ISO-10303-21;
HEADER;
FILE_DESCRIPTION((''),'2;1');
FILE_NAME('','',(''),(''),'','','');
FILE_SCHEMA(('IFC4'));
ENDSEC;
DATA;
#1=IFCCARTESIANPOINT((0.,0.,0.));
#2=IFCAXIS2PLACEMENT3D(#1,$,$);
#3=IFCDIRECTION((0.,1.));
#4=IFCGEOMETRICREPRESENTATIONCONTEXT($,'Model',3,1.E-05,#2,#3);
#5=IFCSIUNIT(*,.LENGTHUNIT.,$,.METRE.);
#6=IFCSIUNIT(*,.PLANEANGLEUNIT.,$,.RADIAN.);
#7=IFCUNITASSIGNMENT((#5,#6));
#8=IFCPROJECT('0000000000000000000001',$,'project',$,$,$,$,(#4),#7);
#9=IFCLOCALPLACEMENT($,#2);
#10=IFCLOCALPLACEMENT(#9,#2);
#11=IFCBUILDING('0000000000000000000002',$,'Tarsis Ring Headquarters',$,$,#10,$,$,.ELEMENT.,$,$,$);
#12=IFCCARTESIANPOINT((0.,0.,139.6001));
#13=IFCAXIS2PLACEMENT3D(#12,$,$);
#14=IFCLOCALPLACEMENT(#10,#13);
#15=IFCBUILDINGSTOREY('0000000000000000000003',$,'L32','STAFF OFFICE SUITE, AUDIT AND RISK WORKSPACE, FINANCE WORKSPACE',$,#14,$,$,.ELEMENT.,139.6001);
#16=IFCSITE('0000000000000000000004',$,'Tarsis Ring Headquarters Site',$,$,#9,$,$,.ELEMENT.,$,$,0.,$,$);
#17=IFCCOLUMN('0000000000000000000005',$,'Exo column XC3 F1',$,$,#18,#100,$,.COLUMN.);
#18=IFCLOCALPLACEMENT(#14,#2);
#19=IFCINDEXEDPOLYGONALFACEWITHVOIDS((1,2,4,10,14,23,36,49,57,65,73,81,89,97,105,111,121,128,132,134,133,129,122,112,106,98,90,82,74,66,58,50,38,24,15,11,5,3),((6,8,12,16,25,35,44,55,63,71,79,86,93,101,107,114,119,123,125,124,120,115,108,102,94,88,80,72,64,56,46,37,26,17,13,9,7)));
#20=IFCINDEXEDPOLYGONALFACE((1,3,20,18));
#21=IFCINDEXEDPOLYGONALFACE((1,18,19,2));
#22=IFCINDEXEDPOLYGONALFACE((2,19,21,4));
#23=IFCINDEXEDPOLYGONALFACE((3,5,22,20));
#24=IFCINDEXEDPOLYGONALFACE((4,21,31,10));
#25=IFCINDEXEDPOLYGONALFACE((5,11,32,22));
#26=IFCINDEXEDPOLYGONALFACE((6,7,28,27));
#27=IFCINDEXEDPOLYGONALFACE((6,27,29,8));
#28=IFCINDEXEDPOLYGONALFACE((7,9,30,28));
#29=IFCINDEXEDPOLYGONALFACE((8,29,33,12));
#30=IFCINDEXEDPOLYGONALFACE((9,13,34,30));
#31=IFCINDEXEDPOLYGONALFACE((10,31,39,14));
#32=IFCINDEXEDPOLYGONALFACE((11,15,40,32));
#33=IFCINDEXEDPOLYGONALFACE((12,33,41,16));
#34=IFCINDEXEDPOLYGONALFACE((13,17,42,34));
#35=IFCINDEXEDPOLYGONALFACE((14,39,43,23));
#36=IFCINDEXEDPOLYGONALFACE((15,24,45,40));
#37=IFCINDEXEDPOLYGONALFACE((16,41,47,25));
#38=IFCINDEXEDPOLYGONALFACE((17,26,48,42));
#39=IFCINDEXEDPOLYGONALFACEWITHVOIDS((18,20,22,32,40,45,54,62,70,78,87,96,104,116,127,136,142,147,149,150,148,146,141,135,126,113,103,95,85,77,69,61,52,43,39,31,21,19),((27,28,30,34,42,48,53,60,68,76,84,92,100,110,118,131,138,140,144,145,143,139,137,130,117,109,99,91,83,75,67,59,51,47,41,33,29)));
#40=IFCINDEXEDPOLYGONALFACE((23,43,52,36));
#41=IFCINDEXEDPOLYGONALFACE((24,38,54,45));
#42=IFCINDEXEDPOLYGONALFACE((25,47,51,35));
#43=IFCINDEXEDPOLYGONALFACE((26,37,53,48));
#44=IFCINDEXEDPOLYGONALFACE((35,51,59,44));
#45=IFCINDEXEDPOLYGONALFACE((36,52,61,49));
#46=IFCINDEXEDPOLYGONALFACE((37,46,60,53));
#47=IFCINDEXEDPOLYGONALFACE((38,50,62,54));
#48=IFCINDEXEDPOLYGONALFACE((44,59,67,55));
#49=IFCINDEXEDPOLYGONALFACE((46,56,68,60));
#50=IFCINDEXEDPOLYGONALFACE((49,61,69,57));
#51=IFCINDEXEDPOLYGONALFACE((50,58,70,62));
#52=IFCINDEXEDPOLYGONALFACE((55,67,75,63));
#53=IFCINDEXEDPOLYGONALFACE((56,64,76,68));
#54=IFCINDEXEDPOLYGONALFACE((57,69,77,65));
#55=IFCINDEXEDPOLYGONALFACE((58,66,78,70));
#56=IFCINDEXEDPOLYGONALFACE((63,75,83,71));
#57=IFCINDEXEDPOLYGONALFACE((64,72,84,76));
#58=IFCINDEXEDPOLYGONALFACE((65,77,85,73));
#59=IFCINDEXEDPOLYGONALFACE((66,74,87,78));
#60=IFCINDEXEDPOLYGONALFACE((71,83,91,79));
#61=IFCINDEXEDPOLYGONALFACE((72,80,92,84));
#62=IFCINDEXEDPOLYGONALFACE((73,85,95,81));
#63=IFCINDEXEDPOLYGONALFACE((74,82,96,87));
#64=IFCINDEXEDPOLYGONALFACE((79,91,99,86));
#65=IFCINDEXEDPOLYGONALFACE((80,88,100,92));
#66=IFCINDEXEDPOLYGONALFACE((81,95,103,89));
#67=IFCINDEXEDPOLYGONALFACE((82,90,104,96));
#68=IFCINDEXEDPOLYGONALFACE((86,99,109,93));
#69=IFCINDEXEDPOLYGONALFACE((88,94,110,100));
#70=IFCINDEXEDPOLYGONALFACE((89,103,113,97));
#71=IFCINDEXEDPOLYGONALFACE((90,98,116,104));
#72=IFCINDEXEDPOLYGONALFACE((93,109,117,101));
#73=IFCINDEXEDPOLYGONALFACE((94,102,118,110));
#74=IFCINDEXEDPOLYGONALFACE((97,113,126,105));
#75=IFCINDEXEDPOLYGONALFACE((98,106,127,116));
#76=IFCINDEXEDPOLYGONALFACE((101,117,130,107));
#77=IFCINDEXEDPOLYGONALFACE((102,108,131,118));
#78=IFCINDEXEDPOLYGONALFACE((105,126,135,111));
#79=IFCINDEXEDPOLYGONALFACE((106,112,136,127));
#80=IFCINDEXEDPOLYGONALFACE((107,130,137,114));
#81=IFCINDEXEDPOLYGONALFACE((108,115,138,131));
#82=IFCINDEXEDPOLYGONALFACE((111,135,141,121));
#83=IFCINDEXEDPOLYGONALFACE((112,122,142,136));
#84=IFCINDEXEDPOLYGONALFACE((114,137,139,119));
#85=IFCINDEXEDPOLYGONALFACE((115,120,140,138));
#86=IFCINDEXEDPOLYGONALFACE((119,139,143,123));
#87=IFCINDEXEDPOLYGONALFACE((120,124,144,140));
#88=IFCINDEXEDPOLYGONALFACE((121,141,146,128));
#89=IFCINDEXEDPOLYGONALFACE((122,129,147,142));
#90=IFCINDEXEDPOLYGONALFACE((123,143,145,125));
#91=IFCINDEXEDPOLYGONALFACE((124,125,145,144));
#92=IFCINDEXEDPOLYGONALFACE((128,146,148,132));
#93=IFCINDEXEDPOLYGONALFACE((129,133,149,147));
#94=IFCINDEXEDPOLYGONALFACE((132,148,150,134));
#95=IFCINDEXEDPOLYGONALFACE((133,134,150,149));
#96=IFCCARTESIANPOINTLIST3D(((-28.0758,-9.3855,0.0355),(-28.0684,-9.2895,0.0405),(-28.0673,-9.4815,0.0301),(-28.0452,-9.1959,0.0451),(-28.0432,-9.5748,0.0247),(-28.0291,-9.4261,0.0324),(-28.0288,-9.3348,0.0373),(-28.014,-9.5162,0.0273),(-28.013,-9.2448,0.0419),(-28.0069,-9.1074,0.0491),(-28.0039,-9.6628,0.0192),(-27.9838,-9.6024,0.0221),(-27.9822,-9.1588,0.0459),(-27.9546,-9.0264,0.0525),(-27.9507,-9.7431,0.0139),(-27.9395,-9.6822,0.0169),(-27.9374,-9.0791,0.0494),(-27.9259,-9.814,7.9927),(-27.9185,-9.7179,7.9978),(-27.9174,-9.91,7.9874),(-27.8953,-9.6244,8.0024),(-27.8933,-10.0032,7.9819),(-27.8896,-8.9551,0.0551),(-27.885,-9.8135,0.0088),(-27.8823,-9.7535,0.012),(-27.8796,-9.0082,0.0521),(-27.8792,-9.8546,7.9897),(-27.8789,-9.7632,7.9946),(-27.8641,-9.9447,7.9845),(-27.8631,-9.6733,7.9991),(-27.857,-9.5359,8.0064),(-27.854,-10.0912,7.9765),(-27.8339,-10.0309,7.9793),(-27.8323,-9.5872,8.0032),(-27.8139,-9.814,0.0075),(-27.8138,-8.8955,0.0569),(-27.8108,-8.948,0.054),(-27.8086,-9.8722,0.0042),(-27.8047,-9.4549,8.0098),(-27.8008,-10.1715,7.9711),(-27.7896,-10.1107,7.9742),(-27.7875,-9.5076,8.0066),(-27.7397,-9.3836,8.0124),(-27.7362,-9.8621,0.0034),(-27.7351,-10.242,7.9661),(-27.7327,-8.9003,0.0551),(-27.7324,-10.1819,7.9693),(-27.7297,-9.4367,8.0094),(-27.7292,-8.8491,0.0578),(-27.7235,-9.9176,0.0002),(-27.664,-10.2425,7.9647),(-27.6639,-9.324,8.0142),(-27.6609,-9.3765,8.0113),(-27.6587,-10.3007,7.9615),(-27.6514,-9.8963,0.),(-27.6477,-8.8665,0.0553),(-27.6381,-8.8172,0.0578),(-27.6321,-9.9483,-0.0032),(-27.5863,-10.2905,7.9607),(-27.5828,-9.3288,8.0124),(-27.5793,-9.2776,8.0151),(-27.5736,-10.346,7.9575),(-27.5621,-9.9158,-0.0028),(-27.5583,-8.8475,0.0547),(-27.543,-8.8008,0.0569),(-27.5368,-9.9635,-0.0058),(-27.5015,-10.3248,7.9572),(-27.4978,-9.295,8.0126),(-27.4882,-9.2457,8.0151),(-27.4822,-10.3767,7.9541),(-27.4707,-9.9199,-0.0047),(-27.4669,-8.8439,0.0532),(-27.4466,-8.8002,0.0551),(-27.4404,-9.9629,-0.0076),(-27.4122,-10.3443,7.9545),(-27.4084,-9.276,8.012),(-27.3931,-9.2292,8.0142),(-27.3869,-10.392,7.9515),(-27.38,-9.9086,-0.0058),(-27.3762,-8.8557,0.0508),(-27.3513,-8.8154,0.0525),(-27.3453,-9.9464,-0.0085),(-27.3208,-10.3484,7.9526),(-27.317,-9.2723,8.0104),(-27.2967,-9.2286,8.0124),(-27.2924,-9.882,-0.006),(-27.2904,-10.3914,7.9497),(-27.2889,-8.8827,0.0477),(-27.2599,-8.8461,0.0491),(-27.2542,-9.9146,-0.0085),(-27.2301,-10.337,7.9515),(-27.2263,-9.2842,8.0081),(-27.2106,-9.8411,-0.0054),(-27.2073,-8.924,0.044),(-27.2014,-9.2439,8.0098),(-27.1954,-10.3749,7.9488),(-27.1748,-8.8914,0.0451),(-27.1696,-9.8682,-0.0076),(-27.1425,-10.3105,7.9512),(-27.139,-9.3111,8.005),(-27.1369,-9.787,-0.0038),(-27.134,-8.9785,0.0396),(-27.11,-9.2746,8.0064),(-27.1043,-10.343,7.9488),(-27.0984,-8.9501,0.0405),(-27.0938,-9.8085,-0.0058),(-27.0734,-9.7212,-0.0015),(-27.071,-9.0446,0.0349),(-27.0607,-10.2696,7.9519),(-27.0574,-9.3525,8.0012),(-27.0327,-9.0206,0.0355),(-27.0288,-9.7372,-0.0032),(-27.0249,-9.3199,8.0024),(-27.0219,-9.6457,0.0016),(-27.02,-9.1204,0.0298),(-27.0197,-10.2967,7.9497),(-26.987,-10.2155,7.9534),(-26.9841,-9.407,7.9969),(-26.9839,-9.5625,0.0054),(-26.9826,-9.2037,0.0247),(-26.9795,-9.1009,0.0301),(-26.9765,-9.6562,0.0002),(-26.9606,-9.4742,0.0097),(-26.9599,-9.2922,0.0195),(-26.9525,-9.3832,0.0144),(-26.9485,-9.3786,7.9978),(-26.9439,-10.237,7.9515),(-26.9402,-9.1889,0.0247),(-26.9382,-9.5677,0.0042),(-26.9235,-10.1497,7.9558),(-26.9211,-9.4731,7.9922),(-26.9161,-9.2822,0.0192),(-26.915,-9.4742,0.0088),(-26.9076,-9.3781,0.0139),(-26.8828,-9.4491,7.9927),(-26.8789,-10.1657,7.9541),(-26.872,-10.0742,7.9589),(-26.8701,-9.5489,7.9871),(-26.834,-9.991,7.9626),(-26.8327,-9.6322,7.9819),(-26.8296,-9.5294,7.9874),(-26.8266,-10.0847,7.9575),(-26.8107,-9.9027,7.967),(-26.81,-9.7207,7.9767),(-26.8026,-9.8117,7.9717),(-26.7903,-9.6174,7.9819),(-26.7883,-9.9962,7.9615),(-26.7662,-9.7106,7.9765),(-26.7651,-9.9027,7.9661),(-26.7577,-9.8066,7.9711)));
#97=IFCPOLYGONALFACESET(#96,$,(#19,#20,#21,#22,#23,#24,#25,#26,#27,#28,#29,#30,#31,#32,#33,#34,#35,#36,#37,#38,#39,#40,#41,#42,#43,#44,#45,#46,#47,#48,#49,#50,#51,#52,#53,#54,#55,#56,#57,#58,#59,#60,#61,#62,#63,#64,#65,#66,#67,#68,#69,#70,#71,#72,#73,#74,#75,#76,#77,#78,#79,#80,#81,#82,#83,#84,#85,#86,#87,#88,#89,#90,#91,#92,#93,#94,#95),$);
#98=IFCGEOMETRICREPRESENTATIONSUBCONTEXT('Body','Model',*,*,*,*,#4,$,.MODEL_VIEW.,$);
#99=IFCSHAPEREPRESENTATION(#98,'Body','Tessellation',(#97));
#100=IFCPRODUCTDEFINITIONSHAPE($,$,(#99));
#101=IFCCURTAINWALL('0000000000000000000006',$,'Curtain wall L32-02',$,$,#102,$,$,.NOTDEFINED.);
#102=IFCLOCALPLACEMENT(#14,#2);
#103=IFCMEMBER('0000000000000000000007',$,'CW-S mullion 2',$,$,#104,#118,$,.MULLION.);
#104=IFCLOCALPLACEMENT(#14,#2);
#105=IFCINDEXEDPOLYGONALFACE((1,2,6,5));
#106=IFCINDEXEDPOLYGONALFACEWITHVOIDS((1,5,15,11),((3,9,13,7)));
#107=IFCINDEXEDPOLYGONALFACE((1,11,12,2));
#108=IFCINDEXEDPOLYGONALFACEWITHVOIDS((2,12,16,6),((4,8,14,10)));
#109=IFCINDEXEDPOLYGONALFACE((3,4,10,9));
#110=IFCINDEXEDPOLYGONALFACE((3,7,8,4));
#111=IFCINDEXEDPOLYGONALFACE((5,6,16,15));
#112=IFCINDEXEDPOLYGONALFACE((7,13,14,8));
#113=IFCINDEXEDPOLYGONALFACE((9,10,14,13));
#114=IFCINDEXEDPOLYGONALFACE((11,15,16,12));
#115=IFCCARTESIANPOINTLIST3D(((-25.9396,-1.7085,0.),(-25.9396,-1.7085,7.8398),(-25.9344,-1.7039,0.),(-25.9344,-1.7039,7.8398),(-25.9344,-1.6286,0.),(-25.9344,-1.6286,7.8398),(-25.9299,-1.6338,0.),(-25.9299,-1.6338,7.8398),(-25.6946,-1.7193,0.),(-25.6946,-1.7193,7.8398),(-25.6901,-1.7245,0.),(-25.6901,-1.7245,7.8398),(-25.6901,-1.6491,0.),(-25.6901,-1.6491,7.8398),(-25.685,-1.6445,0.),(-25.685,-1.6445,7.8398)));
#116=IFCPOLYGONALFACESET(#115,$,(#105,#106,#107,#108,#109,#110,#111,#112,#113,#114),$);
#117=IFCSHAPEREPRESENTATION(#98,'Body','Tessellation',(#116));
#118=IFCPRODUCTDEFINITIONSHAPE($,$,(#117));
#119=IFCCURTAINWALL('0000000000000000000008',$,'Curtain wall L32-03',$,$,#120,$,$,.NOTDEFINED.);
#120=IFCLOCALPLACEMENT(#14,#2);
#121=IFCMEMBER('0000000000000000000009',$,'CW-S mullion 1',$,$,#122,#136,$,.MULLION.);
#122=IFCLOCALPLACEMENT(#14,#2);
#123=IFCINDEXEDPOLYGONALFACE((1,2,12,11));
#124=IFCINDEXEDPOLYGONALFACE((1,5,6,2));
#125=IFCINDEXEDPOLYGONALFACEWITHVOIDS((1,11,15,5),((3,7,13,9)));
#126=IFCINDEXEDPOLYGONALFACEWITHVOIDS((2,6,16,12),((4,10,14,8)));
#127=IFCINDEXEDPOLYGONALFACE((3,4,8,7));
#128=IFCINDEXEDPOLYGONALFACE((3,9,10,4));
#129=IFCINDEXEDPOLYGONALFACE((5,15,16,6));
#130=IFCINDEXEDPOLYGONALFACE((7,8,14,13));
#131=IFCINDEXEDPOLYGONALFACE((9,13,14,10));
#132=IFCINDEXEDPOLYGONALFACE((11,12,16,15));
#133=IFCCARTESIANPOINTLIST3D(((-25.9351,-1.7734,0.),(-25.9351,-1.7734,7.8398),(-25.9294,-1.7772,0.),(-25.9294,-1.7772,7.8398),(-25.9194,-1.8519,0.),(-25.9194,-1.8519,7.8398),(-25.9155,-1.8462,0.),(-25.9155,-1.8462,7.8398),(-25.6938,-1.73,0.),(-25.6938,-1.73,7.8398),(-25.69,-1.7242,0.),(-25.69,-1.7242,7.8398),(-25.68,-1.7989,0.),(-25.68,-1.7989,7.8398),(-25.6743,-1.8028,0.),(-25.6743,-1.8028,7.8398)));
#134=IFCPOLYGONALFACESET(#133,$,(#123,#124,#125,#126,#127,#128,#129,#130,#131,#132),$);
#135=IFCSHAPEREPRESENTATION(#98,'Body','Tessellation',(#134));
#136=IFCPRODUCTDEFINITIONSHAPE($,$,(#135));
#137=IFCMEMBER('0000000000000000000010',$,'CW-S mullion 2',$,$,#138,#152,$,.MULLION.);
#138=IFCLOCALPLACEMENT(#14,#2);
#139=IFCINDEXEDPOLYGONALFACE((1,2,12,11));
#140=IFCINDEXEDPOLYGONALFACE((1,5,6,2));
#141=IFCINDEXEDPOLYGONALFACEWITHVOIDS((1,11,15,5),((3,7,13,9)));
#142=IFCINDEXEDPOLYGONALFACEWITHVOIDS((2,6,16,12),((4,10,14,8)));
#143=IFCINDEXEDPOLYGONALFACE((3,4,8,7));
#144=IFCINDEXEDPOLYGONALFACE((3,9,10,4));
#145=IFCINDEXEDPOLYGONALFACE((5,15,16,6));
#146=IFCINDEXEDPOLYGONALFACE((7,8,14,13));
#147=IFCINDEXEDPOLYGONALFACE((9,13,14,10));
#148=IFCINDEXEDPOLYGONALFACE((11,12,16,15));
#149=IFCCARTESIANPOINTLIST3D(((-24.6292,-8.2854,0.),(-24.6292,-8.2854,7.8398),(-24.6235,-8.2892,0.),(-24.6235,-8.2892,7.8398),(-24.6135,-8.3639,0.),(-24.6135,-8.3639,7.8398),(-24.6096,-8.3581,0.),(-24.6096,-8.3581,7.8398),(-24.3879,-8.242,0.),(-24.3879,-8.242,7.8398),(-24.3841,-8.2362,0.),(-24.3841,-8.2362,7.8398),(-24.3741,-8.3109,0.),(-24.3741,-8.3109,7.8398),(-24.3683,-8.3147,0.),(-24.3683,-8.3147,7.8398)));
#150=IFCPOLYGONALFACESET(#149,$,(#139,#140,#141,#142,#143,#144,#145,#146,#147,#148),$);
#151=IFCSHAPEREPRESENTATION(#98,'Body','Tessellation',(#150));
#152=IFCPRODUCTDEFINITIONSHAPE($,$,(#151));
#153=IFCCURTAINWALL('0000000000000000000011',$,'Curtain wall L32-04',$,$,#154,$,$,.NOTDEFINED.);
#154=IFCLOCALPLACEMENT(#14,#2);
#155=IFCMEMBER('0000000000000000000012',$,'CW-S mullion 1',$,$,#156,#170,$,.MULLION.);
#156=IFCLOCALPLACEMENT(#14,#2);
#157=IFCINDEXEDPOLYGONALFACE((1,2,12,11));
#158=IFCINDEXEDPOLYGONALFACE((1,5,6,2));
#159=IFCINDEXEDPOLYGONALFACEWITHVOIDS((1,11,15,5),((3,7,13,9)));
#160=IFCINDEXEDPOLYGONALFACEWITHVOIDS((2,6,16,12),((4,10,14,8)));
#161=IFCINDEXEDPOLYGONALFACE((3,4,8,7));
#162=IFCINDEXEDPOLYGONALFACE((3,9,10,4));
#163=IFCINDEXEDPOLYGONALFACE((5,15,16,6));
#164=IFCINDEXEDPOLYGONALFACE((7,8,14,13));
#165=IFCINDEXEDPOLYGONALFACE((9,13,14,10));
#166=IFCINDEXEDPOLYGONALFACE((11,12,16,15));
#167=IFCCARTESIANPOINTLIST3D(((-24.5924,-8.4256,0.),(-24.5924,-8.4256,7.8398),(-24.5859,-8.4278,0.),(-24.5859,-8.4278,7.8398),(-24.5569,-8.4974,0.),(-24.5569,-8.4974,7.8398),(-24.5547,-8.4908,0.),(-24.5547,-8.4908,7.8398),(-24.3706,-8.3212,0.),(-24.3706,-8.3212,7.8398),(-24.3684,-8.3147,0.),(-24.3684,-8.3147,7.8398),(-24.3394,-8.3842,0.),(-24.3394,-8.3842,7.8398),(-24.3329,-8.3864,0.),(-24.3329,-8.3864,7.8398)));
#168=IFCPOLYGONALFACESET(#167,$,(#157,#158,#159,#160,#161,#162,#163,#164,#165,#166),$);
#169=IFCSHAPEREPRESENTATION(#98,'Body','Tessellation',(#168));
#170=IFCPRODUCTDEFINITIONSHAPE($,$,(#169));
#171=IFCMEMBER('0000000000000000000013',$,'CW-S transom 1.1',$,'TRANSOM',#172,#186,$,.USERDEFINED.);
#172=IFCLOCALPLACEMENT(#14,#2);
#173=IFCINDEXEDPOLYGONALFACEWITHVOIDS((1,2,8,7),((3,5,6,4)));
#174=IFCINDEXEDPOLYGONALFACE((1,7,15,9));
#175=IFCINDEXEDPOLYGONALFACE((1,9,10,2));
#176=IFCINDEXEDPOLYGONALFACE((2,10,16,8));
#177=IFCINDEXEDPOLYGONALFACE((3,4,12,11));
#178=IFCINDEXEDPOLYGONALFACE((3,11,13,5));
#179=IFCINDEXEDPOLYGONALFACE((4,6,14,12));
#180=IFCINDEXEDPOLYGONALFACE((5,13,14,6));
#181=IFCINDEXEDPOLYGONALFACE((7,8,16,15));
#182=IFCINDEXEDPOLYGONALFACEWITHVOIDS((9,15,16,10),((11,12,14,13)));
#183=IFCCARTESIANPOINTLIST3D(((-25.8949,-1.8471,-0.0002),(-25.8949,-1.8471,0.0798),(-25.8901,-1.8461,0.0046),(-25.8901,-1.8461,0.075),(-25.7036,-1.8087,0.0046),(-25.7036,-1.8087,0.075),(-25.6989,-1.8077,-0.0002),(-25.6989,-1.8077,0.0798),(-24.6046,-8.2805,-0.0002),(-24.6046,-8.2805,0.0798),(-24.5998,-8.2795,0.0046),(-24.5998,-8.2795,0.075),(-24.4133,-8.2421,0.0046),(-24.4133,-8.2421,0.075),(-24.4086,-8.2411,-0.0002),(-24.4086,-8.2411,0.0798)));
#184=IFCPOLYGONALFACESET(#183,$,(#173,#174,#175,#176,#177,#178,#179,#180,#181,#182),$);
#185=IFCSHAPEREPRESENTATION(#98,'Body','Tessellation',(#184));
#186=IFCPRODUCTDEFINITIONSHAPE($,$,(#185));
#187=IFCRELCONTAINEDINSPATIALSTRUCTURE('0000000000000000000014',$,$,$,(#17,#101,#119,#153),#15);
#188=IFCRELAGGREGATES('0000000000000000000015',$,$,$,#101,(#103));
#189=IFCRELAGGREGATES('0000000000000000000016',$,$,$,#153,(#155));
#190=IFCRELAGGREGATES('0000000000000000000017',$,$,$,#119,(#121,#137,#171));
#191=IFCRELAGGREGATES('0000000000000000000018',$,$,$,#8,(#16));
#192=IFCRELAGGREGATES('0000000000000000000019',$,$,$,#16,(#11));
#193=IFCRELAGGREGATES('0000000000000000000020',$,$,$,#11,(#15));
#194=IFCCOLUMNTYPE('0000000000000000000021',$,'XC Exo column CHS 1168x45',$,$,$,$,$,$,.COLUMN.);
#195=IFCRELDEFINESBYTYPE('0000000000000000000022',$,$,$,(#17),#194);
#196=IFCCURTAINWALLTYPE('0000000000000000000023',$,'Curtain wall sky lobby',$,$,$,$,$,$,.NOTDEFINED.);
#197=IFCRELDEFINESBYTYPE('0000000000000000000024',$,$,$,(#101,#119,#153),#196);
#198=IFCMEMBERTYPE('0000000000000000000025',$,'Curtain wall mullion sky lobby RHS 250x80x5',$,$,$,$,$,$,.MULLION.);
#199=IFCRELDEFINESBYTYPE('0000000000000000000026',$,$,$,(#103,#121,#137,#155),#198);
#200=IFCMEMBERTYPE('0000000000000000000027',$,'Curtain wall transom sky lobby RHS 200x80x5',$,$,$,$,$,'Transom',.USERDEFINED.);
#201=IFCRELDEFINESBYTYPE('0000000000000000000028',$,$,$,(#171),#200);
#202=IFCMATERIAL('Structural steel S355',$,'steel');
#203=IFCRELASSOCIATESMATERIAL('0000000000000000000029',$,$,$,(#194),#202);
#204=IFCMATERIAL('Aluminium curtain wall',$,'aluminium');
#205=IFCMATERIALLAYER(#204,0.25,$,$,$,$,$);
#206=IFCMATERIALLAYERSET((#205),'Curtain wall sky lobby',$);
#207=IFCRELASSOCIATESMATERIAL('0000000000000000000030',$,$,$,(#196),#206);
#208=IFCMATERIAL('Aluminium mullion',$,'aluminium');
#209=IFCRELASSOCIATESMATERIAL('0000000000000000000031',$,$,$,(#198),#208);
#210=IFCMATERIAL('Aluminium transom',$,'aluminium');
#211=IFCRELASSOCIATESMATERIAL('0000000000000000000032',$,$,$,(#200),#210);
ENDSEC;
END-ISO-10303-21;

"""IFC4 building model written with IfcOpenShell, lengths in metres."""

from ifc_helpers import new_model, si_unit, direction, frame, origin, origin_2d, place, context, subcontext, project, spatial, hollow_rectangle, hollow_circle, extrude, material, layer, layer_set, material_profile, profile_set, type_object, element, aggregate, save


model = new_model("IFC4")

# Units and contexts
model_context = context("Model", 3, precision=1e-05, world=origin(), true_north=direction((0.0, 1.0)))
body_context = subcontext(model_context, "Body", "Model", "MODEL_VIEW")
ifc_project = project(units=[si_unit("LENGTHUNIT", "METRE"), si_unit("PLANEANGLEUNIT", "RADIAN")], contexts=[model_context])

# Site, building, storey
site_placement = place(None, origin())
site = spatial("IfcSite", under=ifc_project, at=site_placement, Name="Tarsis Ring Headquarters Site", CompositionType="ELEMENT", RefElevation=0.0)
building_placement = place(site_placement, origin())
building = spatial("IfcBuilding", under=site, at=building_placement, Name="Tarsis Ring Headquarters", CompositionType="ELEMENT")
storey_placement = place(building_placement, frame((0.0, 0.0, 139.6001)))
storey = spatial("IfcBuildingStorey", under=building, at=storey_placement, Name="L32", Description="STAFF OFFICE SUITE, AUDIT AND RISK WORKSPACE, FINANCE WORKSPACE", CompositionType="ELEMENT", Elevation=139.6001)

# Column
ifc_material_1 = material(Name="Structural steel S355", Category="steel")
ifc_material_profile_1 = material_profile(ifc_material_1, hollow_circle(Radius=0.5842, WallThickness=0.0449, at=origin_2d()), Name="CHS 1168x45")
ifc_profile_set_1 = profile_set([ifc_material_profile_1], Name="Structural steel S355")
column_type = type_object("IfcColumnType", Name="XC Exo column CHS 1168x45", PredefinedType="COLUMN", material=ifc_profile_set_1)
column_placement = place(storey_placement, frame((-27.4917, -9.3818, 0.0247), z_axis=(0.018808, -0.053759, 0.998377), x_axis=(0.9439, 0.330231, 0.0)))
element("IfcColumn", 1, at=column_placement, inside=storey, type_object=column_type, Name="Exo column XC3 F1", PredefinedType="COLUMN", context=body_context, shape_type="SweptSolid", body=[
    extrude(hollow_circle(Radius=0.5842, WallThickness=0.0449, at=origin_2d()), origin(), (0.0, 0.0, 1.0), 7.9702),
])

# Curtain wall, member
ifc_material_2 = material(Name="Aluminium curtain wall", Category="aluminium")
ifc_layer_1 = layer(ifc_material_2, 0.25)
ifc_layer_set_1 = layer_set([ifc_layer_1], Name="Curtain wall sky lobby")
curtain_wall_type = type_object("IfcCurtainWallType", Name="Curtain wall sky lobby", PredefinedType="NOTDEFINED", material=ifc_layer_set_1)
curtain_wall_1_placement = place(storey_placement, origin())
curtain_wall_1 = element("IfcCurtainWall", 2, at=curtain_wall_1_placement, inside=storey, type_object=curtain_wall_type, Name="Curtain wall L32-02", PredefinedType="NOTDEFINED")
ifc_material_3 = material(Name="Aluminium mullion", Category="aluminium")
ifc_material_profile_2 = material_profile(ifc_material_3, hollow_rectangle(XDim=0.25, YDim=0.0801, WallThickness=0.0049, at=origin_2d()), Name="RHS 250x80x5")
ifc_profile_set_2 = profile_set([ifc_material_profile_2], Name="Aluminium mullion")
member_type_1 = type_object("IfcMemberType", Name="Curtain wall mullion sky lobby RHS 250x80x5", PredefinedType="MULLION", material=ifc_profile_set_2)
member_1_placement = place(storey_placement, frame((-25.8123, -1.6765, 0.0), z_axis=(0.0, 0.0, 1.0), x_axis=(0.99796, -0.063835, 0.0)))
member_1 = element("IfcMember", 3, at=member_1_placement, type_object=member_type_1, Name="CW-S mullion 2", PredefinedType="MULLION", context=body_context, shape_type="SweptSolid", body=[
    extrude(hollow_rectangle(XDim=0.25, YDim=0.0801, WallThickness=0.0049, at=origin_2d()), origin(), (0.0, 0.0, 1.0), 7.8398),
])
aggregate(curtain_wall_1, [member_1])

# Curtain wall, members
curtain_wall_2_placement = place(storey_placement, origin())
curtain_wall_2 = element("IfcCurtainWall", 4, at=curtain_wall_2_placement, inside=storey, type_object=curtain_wall_type, Name="Curtain wall L32-03", PredefinedType="NOTDEFINED")
member_2_placement = place(storey_placement, frame((-25.8047, -1.7881, 0.0), z_axis=(0.0, 0.0, 1.0), x_axis=(0.980478, 0.196631, 0.0)))
member_2 = element("IfcMember", 5, at=member_2_placement, type_object=member_type_1, Name="CW-S mullion 1", PredefinedType="MULLION", context=body_context, shape_type="SweptSolid", body=[
    extrude(hollow_rectangle(XDim=0.25, YDim=0.0801, WallThickness=0.0049, at=origin_2d()), origin(), (0.0, 0.0, 1.0), 7.8398),
])
member_3_placement = place(storey_placement, frame((-24.4988, -8.3, 0.0), z_axis=(0.0, 0.0, 1.0), x_axis=(0.980478, 0.196631, 0.0)))
member_3 = element("IfcMember", 6, at=member_3_placement, type_object=member_type_1, Name="CW-S mullion 2", PredefinedType="MULLION", context=body_context, shape_type="SweptSolid", body=[
    extrude(hollow_rectangle(XDim=0.25, YDim=0.0801, WallThickness=0.0049, at=origin_2d()), origin(), (0.0, 0.0, 1.0), 7.8398),
])

# Curtain wall, member
curtain_wall_3_placement = place(storey_placement, origin())
curtain_wall_3 = element("IfcCurtainWall", 7, at=curtain_wall_3_placement, inside=storey, type_object=curtain_wall_type, Name="Curtain wall L32-04", PredefinedType="NOTDEFINED")
member_4_placement = place(storey_placement, frame((-24.4626, -8.406, 0.0), z_axis=(0.0, 0.0, 1.0), x_axis=(0.896177, 0.443697, 0.0)))
member_4 = element("IfcMember", 8, at=member_4_placement, type_object=member_type_1, Name="CW-S mullion 1", PredefinedType="MULLION", context=body_context, shape_type="SweptSolid", body=[
    extrude(hollow_rectangle(XDim=0.25, YDim=0.0801, WallThickness=0.0049, at=origin_2d()), origin(), (0.0, 0.0, 1.0), 7.8398),
])

# Member
ifc_material_4 = material(Name="Aluminium transom", Category="aluminium")
ifc_material_profile_3 = material_profile(ifc_material_4, hollow_rectangle(XDim=0.2, YDim=0.0801, WallThickness=0.0049, at=origin_2d()), Name="RHS 200x80x5")
ifc_profile_set_3 = profile_set([ifc_material_profile_3], Name="Aluminium transom")
member_type_2 = type_object("IfcMemberType", Name="Curtain wall transom sky lobby RHS 200x80x5", ElementType="Transom", PredefinedType="USERDEFINED", material=ifc_profile_set_3)
member_5_placement = place(storey_placement, frame((-25.7969, -1.8274, 0.0398), z_axis=(0.196646, -0.980475, 0.0), x_axis=(0.980475, 0.196646, 0.0)))
member_5 = element("IfcMember", 9, at=member_5_placement, type_object=member_type_2, Name="CW-S transom 1.1", ObjectType="TRANSOM", PredefinedType="USERDEFINED", context=body_context, shape_type="SweptSolid", body=[
    extrude(hollow_rectangle(XDim=0.2, YDim=0.0801, WallThickness=0.0049, at=origin_2d()), origin(), (0.0, 0.0, 1.0), 6.5615),
])
aggregate(curtain_wall_3, [member_4])

aggregate(curtain_wall_2, [member_2, member_3, member_5])

save(model, "model.ifc")
